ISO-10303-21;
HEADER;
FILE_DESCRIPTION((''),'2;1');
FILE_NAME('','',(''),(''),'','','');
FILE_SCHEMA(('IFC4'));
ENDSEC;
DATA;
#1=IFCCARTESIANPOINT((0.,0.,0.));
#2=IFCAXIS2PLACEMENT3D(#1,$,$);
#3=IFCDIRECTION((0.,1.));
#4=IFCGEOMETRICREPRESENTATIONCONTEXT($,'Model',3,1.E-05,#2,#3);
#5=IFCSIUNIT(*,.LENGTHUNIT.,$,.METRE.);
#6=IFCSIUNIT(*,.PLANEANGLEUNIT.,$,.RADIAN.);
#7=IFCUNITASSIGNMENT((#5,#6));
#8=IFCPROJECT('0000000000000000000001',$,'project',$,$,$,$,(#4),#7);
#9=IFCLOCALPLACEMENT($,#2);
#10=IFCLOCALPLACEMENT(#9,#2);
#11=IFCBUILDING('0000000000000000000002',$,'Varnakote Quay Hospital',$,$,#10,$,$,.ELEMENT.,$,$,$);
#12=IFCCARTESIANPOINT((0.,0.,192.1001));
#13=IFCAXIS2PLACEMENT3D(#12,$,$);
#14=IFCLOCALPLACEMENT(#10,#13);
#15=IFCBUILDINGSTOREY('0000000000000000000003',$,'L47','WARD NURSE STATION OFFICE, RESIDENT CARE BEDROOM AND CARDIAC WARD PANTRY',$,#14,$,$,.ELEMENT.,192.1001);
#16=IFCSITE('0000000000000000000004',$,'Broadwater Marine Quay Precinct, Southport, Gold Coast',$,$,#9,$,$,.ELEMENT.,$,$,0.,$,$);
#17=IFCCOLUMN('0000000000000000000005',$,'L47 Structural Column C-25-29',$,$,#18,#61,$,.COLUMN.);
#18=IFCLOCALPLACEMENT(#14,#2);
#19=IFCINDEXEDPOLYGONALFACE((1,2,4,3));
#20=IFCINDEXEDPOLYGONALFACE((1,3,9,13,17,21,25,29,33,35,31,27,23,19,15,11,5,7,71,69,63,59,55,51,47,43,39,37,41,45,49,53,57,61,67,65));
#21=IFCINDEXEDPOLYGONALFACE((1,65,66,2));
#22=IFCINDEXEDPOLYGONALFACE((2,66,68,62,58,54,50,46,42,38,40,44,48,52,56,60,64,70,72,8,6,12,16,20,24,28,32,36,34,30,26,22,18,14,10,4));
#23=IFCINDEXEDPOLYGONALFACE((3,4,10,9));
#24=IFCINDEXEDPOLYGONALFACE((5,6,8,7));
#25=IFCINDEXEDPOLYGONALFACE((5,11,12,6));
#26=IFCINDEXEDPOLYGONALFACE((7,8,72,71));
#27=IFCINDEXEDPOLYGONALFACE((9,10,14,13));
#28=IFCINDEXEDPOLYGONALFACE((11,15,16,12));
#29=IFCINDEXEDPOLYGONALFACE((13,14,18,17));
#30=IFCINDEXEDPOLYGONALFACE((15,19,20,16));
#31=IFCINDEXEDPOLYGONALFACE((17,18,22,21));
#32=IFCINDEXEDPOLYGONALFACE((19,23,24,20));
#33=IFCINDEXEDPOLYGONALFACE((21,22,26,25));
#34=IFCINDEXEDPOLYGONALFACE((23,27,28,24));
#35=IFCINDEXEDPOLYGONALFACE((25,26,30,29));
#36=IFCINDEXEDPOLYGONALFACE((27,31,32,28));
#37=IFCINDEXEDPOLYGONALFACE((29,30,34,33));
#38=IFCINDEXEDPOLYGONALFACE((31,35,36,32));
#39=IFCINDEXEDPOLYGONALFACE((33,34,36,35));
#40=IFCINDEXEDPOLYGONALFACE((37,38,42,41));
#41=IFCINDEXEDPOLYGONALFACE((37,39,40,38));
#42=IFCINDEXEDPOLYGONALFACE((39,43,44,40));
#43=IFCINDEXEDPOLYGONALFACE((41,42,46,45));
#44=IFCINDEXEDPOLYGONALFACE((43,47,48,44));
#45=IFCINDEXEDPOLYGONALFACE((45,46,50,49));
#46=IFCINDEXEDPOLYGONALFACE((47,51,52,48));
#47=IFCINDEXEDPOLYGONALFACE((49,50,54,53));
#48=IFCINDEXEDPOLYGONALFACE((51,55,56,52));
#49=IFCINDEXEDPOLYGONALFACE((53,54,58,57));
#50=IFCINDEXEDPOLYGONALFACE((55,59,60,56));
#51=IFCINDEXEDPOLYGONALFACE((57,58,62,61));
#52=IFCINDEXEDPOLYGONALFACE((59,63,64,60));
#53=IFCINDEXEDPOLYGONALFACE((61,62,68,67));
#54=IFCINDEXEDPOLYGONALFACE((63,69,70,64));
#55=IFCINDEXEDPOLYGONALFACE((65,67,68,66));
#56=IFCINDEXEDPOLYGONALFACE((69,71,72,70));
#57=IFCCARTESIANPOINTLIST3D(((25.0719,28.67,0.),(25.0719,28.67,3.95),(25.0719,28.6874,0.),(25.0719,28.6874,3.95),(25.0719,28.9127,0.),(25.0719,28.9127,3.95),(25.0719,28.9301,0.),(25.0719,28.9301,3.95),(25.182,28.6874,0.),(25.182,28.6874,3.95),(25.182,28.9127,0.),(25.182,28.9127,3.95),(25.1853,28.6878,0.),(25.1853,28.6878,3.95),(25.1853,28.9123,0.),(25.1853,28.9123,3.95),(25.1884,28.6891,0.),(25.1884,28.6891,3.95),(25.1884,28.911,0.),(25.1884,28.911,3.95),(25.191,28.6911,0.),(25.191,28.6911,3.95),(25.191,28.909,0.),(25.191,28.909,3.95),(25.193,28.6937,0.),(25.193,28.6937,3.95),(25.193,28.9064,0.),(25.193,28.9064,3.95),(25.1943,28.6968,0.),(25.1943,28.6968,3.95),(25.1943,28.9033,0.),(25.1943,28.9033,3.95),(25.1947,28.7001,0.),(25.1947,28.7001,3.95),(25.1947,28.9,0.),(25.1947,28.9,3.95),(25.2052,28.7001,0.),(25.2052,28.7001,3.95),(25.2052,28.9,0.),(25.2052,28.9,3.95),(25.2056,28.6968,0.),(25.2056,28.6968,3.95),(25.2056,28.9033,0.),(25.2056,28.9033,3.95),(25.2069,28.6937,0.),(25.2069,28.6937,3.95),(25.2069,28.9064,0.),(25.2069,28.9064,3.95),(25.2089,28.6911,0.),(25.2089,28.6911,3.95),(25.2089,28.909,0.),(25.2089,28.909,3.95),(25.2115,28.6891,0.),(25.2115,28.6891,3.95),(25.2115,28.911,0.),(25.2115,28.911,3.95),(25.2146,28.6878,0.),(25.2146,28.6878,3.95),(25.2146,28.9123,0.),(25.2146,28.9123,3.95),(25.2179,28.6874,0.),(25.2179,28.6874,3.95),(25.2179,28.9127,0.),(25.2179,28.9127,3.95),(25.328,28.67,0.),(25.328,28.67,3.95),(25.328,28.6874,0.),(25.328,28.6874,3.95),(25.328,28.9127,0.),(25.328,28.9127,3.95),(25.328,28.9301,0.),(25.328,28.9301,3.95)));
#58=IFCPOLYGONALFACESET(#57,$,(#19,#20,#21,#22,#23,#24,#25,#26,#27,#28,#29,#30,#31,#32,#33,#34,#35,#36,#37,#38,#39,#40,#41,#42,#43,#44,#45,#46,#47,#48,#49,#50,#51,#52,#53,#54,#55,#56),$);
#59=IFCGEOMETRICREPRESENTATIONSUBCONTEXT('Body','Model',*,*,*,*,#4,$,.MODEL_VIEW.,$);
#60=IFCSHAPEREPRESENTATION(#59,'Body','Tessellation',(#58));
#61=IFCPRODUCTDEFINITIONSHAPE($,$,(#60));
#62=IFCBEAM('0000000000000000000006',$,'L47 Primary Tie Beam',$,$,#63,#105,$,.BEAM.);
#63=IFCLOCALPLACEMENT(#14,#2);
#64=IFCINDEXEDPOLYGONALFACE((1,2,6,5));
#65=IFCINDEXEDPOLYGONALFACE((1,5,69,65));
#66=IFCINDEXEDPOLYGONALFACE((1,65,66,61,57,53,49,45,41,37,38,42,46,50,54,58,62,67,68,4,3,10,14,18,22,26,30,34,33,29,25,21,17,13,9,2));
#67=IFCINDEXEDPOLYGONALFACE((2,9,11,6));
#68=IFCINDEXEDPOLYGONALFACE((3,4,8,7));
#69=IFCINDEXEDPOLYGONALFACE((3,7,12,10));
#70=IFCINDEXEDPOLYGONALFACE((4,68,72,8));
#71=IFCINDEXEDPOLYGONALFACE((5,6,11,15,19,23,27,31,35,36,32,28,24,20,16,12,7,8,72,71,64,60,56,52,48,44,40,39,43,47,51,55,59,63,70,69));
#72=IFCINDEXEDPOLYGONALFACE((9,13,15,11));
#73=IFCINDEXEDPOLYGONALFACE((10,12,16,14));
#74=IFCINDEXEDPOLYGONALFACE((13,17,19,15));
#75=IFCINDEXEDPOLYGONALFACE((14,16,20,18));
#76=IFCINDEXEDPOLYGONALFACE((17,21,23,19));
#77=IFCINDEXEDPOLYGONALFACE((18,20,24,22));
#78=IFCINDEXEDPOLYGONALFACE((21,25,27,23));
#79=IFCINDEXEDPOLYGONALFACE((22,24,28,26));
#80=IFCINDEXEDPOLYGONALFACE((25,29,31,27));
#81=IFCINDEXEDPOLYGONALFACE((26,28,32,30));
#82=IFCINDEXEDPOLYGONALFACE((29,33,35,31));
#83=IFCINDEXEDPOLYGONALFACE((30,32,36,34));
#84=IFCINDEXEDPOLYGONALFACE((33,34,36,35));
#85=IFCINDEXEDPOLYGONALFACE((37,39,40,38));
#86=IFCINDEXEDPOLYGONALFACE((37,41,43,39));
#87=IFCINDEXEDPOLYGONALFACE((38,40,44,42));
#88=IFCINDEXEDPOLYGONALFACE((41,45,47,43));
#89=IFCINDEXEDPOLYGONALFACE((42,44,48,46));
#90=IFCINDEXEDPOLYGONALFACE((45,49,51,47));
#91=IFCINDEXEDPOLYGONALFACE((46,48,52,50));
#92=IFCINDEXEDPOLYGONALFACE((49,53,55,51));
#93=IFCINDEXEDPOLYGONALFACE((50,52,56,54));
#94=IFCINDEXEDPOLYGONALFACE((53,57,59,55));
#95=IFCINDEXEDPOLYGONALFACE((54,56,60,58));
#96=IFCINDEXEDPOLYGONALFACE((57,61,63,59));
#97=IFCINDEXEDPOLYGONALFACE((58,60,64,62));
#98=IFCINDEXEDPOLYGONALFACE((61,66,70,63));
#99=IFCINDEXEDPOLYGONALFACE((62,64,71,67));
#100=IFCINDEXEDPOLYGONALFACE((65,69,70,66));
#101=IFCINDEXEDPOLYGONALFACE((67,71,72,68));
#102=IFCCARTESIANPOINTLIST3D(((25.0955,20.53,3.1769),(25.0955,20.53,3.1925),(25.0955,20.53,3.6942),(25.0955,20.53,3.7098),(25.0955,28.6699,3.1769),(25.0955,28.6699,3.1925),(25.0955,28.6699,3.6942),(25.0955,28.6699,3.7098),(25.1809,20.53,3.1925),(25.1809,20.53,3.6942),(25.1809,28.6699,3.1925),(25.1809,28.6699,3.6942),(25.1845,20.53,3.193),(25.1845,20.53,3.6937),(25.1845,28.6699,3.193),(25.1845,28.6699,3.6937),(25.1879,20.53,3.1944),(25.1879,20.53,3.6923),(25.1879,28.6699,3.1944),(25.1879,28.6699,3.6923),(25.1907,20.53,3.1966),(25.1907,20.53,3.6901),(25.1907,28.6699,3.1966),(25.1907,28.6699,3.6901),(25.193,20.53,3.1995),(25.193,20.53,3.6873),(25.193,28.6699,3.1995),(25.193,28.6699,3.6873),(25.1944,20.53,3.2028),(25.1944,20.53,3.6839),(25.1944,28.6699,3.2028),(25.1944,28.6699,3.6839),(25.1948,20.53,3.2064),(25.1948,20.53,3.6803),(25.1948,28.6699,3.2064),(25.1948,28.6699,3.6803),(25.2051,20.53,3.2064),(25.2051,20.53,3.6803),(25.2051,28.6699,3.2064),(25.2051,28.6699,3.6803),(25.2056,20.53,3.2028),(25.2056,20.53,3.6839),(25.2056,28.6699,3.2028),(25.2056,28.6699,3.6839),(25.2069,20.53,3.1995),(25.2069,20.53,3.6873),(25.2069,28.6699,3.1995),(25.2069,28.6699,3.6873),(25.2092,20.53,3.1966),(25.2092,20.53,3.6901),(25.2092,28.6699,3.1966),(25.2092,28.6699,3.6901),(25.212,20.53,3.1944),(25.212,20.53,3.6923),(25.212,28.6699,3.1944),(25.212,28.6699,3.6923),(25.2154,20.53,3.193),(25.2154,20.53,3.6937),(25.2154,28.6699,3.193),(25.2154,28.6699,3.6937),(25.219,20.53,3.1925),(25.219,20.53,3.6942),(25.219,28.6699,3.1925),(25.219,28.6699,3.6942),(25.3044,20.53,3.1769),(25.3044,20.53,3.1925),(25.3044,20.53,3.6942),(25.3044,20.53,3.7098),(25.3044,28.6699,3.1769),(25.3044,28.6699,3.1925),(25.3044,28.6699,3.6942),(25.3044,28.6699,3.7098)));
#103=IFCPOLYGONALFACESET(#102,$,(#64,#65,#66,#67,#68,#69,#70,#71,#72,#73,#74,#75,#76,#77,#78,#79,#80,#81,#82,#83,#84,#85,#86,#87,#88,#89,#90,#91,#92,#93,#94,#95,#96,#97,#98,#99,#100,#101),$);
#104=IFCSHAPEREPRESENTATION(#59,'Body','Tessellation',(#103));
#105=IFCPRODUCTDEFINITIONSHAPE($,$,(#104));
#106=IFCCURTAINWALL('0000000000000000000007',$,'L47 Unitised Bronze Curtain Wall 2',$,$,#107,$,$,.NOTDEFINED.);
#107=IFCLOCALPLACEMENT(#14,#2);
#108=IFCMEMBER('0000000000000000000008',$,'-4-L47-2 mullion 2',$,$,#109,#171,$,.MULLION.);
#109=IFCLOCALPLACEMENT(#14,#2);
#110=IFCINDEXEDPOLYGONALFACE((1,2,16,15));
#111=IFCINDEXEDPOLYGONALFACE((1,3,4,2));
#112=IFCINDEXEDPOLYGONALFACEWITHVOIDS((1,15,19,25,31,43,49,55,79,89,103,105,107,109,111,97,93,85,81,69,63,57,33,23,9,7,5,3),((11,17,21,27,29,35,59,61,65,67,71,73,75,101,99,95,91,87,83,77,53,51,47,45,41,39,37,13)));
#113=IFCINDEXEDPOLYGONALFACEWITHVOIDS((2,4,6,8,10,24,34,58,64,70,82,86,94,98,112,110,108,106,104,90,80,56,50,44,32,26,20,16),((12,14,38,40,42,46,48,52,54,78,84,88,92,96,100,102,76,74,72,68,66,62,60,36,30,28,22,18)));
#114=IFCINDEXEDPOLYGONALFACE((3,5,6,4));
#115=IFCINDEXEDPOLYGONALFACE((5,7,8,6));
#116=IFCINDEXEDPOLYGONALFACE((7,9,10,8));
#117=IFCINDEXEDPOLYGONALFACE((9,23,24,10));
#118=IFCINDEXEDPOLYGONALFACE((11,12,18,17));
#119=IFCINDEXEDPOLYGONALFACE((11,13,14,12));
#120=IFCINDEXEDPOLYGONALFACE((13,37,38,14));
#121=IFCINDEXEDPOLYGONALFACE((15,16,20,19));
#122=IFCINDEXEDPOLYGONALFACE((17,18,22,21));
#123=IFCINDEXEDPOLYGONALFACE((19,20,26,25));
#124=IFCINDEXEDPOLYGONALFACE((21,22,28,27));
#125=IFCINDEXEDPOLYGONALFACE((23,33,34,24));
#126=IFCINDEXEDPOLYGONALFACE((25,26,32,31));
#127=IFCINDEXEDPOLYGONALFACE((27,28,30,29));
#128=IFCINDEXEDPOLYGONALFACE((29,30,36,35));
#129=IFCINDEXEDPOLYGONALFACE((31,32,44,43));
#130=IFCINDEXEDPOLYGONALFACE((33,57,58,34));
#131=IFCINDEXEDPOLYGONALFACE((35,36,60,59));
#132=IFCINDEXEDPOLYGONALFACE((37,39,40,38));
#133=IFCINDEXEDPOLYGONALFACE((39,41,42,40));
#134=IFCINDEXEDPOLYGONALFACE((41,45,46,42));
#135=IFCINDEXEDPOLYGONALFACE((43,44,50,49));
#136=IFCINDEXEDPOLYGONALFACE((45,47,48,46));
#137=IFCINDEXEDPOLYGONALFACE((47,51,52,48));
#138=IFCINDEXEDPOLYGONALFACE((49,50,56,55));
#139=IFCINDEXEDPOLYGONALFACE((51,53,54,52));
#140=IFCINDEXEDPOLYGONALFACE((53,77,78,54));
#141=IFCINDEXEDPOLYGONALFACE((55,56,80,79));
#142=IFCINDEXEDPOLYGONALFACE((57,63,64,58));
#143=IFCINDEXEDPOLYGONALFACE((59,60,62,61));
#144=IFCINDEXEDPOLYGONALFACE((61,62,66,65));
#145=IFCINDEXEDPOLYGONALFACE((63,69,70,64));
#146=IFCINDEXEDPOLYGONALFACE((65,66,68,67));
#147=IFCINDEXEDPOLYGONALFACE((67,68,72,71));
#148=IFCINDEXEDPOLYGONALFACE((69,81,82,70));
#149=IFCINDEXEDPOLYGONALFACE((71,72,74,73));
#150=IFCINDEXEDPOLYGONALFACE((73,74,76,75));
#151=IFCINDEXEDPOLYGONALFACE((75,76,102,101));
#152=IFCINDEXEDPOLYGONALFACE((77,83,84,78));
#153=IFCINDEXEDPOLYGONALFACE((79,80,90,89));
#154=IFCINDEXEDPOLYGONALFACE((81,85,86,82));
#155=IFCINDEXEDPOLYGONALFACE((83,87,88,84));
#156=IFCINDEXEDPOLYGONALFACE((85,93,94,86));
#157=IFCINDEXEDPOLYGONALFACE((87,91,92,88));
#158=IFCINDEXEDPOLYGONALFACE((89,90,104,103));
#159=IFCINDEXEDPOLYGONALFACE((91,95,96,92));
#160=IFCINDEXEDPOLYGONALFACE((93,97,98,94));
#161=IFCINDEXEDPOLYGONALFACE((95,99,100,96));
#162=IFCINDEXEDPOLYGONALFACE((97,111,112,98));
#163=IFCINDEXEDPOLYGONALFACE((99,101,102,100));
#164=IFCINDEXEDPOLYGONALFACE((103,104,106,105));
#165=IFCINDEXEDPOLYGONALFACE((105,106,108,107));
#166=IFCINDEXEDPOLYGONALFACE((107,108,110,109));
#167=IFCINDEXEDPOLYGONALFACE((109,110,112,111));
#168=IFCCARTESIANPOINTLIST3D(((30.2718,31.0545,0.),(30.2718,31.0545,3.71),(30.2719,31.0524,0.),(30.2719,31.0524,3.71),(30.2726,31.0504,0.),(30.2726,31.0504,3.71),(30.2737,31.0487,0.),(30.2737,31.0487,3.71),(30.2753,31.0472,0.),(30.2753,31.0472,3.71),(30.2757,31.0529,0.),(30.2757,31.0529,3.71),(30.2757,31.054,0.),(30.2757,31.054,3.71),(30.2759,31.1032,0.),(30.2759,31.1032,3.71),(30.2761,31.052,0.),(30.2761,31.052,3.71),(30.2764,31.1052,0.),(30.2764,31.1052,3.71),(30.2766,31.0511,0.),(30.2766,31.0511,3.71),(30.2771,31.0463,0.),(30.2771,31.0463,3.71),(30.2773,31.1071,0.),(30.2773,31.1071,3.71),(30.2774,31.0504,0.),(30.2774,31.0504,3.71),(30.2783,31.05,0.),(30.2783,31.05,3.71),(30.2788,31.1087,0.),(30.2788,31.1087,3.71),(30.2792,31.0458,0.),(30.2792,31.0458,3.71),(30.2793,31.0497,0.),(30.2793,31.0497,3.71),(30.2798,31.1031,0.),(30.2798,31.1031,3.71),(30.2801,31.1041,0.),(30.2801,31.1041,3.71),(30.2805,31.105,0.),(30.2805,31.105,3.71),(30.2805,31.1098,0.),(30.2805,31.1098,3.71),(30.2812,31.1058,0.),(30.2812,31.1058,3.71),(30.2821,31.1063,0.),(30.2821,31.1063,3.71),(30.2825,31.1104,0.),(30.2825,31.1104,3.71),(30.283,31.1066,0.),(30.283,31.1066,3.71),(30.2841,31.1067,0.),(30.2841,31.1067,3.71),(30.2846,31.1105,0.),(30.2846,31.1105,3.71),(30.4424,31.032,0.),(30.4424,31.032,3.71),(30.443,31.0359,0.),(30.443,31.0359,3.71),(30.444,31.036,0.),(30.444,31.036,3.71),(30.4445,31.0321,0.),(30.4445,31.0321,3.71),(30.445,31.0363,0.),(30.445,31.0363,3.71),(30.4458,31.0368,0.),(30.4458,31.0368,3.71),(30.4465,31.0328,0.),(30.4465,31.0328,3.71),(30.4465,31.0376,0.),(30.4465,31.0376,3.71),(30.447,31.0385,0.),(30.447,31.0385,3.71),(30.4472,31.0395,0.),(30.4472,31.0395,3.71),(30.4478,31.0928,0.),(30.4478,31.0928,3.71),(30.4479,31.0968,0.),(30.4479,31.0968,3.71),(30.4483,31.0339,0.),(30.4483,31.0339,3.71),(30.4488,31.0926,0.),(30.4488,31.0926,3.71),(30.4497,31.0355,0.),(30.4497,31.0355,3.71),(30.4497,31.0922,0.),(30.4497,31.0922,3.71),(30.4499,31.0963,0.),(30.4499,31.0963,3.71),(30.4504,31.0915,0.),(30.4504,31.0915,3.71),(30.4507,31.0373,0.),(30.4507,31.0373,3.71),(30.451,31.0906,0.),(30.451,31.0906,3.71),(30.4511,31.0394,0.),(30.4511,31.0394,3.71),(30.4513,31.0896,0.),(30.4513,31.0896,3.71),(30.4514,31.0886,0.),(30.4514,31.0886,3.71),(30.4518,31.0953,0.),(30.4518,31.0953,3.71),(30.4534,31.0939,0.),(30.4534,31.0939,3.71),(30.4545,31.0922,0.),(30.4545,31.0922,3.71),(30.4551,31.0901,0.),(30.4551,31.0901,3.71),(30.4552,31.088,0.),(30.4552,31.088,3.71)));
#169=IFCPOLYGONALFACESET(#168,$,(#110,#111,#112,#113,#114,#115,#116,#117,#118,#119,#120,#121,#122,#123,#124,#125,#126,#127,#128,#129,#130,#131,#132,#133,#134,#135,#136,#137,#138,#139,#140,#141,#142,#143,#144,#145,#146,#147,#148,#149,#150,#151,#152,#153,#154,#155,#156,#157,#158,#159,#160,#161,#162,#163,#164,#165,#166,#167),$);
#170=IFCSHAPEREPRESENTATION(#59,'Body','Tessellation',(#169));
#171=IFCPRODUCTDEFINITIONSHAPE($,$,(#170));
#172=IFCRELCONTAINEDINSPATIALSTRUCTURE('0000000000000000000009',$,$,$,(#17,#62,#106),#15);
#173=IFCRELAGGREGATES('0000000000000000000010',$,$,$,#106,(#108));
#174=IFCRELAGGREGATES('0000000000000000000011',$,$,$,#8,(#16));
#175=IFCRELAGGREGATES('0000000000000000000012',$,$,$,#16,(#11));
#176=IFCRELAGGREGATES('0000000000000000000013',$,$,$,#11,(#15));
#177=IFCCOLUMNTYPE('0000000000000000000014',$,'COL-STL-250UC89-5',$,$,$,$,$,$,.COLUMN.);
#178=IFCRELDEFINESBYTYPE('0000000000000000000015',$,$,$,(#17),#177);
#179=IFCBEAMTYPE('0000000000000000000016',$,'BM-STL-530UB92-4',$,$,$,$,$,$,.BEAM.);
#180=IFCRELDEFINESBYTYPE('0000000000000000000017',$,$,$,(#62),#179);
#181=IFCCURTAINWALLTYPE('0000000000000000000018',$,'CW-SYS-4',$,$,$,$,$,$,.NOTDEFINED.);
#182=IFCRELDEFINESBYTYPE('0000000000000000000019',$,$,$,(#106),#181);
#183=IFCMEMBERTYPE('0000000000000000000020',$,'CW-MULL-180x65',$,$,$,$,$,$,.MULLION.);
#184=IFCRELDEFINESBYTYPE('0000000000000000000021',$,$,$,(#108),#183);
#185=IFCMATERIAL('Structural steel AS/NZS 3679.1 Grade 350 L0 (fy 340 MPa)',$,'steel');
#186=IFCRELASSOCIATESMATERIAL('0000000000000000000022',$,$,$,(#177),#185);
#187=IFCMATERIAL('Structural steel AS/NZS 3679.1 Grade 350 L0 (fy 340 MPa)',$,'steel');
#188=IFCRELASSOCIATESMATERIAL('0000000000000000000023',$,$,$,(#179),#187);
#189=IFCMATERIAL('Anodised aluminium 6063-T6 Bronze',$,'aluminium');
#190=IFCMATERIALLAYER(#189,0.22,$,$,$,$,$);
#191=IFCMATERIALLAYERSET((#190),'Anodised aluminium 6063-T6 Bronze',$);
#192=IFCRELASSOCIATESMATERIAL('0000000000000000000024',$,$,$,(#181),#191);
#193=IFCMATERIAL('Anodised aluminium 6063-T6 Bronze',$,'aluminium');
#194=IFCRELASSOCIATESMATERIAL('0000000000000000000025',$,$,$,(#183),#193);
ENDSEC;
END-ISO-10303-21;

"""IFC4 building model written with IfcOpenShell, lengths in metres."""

from ifc_helpers import new_model, si_unit, direction, frame, origin, origin_2d, place, context, subcontext, project, spatial, hollow_rectangle, i_section, extrude, material, layer, layer_set, material_profile, profile_set, type_object, element, aggregate, save


model = new_model("IFC4")

# Units and contexts
model_context = context("Model", 3, precision=1e-05, world=origin(), true_north=direction((0.0, 1.0)))
body_context = subcontext(model_context, "Body", "Model", "MODEL_VIEW")
ifc_project = project(units=[si_unit("LENGTHUNIT", "METRE"), si_unit("PLANEANGLEUNIT", "RADIAN")], contexts=[model_context])

# Site, building, storey
site_placement = place(None, origin())
site = spatial("IfcSite", under=ifc_project, at=site_placement, Name="Broadwater Marine Quay Precinct, Southport, Gold Coast", CompositionType="ELEMENT", RefElevation=0.0)
building_placement = place(site_placement, origin())
building = spatial("IfcBuilding", under=site, at=building_placement, Name="Varnakote Quay Hospital", CompositionType="ELEMENT")
storey_placement = place(building_placement, frame((0.0, 0.0, 192.1001)))
storey = spatial("IfcBuildingStorey", under=building, at=storey_placement, Name="L47", Description="WARD NURSE STATION OFFICE, RESIDENT CARE BEDROOM AND CARDIAC WARD PANTRY", CompositionType="ELEMENT", Elevation=192.1001)

# Column
ifc_material_1 = material(Name="Structural steel AS/NZS 3679.1 Grade 350 L0 (fy 340 MPa)", Category="steel")
ifc_material_profile_1 = material_profile(ifc_material_1, i_section(OverallWidth=0.2561, OverallDepth=0.26, WebThickness=0.0105, FlangeThickness=0.0173, FilletRadius=0.0127, at=origin_2d()), Name="250UC89.5")
ifc_profile_set_1 = profile_set([ifc_material_profile_1], Name="Structural steel AS/NZS 3679.1 Grade 350 L0 (fy 340 MPa)")
column_type = type_object("IfcColumnType", Name="COL-STL-250UC89-5", PredefinedType="COLUMN", material=ifc_profile_set_1)
column_placement = place(storey_placement, frame((25.2, 28.8, 0.0), z_axis=(0.0, 0.0, 1.0), x_axis=(1.0, 0.0, 0.0)))
element("IfcColumn", 1, at=column_placement, inside=storey, type_object=column_type, Name="L47 Structural Column C-25-29", PredefinedType="COLUMN", context=body_context, shape_type="SweptSolid", body=[
    extrude(i_section(OverallWidth=0.2561, OverallDepth=0.26, WebThickness=0.0105, FlangeThickness=0.0173, FilletRadius=0.0127, at=origin_2d()), origin(), (0.0, 0.0, 1.0), 3.95),
])

# Beam
ifc_material_2 = material(Name="Structural steel AS/NZS 3679.1 Grade 350 L0 (fy 340 MPa)", Category="steel")
ifc_material_profile_2 = material_profile(ifc_material_2, i_section(OverallWidth=0.209, OverallDepth=0.533, WebThickness=0.0103, FlangeThickness=0.0156, FilletRadius=0.0139, at=origin_2d()), Name="530UB92.4")
ifc_profile_set_2 = profile_set([ifc_material_profile_2], Name="Structural steel AS/NZS 3679.1 Grade 350 L0 (fy 340 MPa)")
beam_type_1 = type_object("IfcBeamType", Name="BM-STL-530UB92-4", PredefinedType="BEAM", material=ifc_profile_set_2)
beam_1_placement = place(storey_placement, frame((25.2, 20.53, 3.4434), z_axis=(0.0, 1.0, 0.0), x_axis=(-1.0, 0.0, 0.0)))
element("IfcBeam", 2, at=beam_1_placement, inside=storey, type_object=beam_type_1, Name="L47 Primary Tie Beam", PredefinedType="BEAM", context=body_context, shape_type="SweptSolid", body=[
    extrude(i_section(OverallWidth=0.209, OverallDepth=0.533, WebThickness=0.0103, FlangeThickness=0.0156, FilletRadius=0.0139, at=origin_2d()), origin(), (0.0, 0.0, 1.0), 8.1399),
])

# Curtain wall, member
ifc_material_3 = material(Name="Anodised aluminium 6063-T6 Bronze", Category="aluminium")
ifc_layer_1 = layer(ifc_material_3, 0.22)
ifc_layer_set_1 = layer_set([ifc_layer_1], Name="Anodised aluminium 6063-T6 Bronze")
curtain_wall_type = type_object("IfcCurtainWallType", Name="CW-SYS-4", PredefinedType="NOTDEFINED", material=ifc_layer_set_1)
curtain_wall_placement = place(storey_placement, origin())
curtain_wall = element("IfcCurtainWall", 3, at=curtain_wall_placement, inside=storey, type_object=curtain_wall_type, Name="L47 Unitised Bronze Curtain Wall 2", PredefinedType="NOTDEFINED")
ifc_material_4 = material(Name="Anodised aluminium 6063-T6 Bronze", Category="aluminium")
ifc_material_profile_3 = material_profile(ifc_material_4, hollow_rectangle(XDim=0.0649, YDim=0.1799, WallThickness=0.0039, InnerFilletRadius=0.0039, OuterFilletRadius=0.0081, at=origin_2d()), Name="CW-MULL-180x65")
ifc_profile_set_3 = profile_set([ifc_material_profile_3], Name="Anodised aluminium 6063-T6 Bronze")
member_type_1 = type_object("IfcMemberType", Name="CW-MULL-180x65", PredefinedType="MULLION", material=ifc_profile_set_3)
member_1_placement = place(storey_placement, frame((30.3635, 31.0713, 0.0), z_axis=(0.0, 0.0, 1.0), x_axis=(-0.084136, -0.996454, 0.0)))
member_1 = element("IfcMember", 4, at=member_1_placement, type_object=member_type_1, Name="-4-L47-2 mullion 2", PredefinedType="MULLION", context=body_context, shape_type="SweptSolid", body=[
    extrude(hollow_rectangle(XDim=0.0649, YDim=0.1799, WallThickness=0.0039, InnerFilletRadius=0.0039, OuterFilletRadius=0.0081, at=origin_2d()), origin(), (0.0, 0.0, 1.0), 3.71),
])

aggregate(curtain_wall, [member_1])

save(model, "model.ifc")
